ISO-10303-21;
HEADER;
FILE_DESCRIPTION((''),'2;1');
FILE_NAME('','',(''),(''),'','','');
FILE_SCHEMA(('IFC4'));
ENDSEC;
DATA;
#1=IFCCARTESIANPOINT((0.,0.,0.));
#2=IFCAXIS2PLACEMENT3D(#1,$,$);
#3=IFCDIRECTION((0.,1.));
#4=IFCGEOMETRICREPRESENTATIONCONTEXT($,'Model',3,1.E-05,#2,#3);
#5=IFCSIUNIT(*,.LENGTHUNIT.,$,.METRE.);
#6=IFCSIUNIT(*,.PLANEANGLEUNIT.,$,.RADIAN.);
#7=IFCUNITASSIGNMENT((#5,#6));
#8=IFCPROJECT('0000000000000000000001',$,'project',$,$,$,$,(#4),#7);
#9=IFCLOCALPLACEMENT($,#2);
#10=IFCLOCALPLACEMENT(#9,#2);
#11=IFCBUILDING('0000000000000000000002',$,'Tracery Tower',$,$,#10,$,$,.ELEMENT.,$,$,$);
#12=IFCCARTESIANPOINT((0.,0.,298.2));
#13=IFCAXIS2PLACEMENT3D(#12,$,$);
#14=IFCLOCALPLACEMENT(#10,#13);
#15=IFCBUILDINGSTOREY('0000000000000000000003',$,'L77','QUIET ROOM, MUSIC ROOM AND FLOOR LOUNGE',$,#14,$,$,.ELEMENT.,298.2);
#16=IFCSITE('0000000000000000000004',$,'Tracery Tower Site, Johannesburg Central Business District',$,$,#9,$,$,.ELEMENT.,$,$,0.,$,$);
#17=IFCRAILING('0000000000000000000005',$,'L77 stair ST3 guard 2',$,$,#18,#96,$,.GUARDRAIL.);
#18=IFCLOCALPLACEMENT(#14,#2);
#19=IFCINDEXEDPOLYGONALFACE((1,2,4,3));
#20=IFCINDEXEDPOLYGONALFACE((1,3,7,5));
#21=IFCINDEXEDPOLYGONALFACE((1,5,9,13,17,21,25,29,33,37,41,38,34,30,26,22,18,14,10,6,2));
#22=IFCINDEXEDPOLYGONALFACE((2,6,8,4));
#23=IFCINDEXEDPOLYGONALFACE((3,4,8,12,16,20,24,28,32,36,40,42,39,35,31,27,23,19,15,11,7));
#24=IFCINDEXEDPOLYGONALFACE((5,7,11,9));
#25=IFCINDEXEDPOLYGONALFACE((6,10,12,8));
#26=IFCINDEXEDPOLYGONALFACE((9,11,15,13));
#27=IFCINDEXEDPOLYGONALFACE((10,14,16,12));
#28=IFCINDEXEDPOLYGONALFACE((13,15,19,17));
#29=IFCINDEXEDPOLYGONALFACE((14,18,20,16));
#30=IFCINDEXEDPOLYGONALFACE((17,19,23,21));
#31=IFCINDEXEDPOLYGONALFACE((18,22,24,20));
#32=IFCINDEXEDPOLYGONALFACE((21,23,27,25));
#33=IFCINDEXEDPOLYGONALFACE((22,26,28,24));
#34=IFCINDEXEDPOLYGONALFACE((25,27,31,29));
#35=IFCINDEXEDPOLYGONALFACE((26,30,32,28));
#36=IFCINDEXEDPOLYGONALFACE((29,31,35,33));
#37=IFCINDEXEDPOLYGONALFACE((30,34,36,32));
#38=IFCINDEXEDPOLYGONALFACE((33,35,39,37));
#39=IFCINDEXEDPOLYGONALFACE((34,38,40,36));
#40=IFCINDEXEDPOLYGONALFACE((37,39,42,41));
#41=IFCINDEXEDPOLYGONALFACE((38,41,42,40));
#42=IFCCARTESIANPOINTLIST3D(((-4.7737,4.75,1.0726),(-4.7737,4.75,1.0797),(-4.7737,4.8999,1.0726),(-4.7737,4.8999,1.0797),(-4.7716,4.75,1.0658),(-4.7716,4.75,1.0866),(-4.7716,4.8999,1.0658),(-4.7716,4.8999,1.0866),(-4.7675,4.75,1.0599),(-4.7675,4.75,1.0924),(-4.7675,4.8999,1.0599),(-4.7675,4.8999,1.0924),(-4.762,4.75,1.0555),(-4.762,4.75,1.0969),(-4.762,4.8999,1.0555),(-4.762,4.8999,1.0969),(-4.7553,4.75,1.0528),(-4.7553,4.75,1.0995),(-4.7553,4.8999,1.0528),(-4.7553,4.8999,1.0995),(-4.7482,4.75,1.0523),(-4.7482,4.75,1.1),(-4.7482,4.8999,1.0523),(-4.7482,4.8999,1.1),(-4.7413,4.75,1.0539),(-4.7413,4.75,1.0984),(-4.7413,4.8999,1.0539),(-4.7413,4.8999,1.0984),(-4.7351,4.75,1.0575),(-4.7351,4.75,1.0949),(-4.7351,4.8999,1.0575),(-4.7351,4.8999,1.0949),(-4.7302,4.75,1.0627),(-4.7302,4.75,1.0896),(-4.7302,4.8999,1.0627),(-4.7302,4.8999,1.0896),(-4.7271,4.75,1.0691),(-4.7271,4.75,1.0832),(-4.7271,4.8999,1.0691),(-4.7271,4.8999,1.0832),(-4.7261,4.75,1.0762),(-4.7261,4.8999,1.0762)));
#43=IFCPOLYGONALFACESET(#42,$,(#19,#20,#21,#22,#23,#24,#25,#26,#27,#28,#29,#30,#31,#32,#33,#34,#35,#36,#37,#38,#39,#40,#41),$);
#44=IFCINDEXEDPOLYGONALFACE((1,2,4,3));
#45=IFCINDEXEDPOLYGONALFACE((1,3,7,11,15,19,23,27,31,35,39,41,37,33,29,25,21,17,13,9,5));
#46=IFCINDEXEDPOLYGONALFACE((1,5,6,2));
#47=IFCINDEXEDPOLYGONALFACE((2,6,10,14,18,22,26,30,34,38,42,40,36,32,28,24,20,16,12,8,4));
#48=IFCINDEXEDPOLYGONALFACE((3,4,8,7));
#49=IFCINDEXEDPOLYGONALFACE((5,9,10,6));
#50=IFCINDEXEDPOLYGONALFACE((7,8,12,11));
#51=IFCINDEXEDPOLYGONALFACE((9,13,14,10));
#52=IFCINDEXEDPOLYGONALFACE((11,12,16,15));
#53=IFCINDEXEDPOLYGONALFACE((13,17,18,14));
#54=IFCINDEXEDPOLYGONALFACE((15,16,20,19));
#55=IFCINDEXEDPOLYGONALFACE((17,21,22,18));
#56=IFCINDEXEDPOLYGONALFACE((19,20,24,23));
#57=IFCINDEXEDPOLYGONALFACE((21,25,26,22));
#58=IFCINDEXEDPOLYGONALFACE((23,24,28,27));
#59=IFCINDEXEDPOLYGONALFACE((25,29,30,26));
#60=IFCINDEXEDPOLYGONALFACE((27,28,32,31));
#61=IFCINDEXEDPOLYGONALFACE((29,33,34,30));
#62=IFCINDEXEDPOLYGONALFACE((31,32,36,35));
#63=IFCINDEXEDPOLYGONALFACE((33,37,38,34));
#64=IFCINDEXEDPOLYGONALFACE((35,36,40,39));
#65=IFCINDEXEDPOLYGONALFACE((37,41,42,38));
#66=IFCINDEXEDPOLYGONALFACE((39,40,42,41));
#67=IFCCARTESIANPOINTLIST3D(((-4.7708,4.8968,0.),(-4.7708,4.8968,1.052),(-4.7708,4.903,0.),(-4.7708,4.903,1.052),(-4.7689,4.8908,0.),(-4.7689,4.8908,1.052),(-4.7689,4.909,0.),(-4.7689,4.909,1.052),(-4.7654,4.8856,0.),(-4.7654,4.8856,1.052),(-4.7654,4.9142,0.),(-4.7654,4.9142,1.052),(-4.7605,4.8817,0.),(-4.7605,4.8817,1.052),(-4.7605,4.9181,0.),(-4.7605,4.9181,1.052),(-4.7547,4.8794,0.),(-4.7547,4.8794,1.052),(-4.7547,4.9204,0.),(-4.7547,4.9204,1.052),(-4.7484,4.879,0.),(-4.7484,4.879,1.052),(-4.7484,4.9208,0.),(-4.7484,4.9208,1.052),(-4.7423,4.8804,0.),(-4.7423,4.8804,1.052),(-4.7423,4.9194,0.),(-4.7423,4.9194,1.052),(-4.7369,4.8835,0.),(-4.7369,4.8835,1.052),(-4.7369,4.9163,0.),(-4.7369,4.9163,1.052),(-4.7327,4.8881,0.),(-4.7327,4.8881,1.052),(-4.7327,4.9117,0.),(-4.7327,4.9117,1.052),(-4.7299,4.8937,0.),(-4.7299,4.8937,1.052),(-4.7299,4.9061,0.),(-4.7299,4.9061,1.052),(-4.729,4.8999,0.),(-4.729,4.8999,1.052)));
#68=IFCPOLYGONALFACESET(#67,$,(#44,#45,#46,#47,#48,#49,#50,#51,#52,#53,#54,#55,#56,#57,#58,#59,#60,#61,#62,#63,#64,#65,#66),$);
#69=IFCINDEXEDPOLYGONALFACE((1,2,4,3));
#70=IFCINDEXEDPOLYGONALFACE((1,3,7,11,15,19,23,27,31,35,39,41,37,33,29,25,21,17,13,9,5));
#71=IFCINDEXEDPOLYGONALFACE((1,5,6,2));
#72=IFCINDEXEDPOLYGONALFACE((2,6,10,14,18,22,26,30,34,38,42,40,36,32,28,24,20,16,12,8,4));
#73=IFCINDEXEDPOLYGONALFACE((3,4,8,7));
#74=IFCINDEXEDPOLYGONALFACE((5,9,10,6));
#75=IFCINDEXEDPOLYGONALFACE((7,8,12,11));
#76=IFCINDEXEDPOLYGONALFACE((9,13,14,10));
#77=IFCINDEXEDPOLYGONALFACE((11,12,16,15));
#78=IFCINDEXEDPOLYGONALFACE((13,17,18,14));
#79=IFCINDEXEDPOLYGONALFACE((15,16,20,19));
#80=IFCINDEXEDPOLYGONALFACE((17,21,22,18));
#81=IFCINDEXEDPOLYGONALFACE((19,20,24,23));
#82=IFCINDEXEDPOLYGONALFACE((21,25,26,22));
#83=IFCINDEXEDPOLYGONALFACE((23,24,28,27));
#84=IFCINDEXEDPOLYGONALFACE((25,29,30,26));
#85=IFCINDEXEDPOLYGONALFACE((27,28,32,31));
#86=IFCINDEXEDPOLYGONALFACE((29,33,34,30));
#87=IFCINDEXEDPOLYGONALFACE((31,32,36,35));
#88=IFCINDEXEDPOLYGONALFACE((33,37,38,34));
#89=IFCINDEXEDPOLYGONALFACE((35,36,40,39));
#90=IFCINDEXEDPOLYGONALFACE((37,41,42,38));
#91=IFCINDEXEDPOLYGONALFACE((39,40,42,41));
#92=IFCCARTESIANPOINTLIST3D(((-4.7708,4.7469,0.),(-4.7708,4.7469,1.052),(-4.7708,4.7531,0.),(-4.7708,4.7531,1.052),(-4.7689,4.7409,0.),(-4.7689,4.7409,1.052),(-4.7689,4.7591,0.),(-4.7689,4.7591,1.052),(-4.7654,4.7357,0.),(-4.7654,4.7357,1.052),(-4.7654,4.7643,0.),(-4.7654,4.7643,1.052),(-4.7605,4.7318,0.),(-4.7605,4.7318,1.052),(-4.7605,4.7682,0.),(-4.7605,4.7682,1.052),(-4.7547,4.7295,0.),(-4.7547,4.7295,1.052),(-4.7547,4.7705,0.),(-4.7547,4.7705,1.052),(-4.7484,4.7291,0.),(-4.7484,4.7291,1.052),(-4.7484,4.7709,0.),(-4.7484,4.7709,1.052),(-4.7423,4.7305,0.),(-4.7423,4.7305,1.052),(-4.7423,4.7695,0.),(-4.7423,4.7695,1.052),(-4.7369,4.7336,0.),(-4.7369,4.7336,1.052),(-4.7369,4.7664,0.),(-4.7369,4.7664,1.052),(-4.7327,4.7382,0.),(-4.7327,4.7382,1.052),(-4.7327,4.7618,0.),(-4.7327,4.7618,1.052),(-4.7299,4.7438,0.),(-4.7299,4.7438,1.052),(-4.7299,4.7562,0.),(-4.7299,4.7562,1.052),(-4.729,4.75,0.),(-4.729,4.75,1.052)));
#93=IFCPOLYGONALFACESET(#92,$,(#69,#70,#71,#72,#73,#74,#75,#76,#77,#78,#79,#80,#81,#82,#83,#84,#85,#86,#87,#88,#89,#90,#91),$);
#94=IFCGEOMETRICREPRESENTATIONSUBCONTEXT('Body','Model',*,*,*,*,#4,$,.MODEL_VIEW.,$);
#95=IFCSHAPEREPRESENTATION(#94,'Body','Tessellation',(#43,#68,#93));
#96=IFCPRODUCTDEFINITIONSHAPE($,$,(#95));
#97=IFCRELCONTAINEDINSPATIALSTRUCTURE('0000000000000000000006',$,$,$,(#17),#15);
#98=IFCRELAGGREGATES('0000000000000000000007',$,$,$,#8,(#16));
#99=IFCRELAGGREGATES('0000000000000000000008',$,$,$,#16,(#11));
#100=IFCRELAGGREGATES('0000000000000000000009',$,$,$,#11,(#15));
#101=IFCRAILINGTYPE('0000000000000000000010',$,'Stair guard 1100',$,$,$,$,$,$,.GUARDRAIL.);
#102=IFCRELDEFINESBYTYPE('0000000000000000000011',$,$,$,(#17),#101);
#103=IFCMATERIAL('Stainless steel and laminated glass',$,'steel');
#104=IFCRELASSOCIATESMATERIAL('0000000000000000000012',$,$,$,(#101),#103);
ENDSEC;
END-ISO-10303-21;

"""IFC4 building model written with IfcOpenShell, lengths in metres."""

from ifc_helpers import new_model, si_unit, direction, frame, origin, origin_2d, place, context, subcontext, project, spatial, circle, extrude, material, type_object, element, save


model = new_model("IFC4")

# Units and contexts
model_context = context("Model", 3, precision=1e-05, world=origin(), true_north=direction((0.0, 1.0)))
body_context = subcontext(model_context, "Body", "Model", "MODEL_VIEW")
ifc_project = project(units=[si_unit("LENGTHUNIT", "METRE"), si_unit("PLANEANGLEUNIT", "RADIAN")], contexts=[model_context])

# Site, building, storey
site_placement = place(None, origin())
site = spatial("IfcSite", under=ifc_project, at=site_placement, Name="Tracery Tower Site, Johannesburg Central Business District", CompositionType="ELEMENT", RefElevation=0.0)
building_placement = place(site_placement, origin())
building = spatial("IfcBuilding", under=site, at=building_placement, Name="Tracery Tower", CompositionType="ELEMENT")
storey_placement = place(building_placement, frame((0.0, 0.0, 298.2)))
storey = spatial("IfcBuildingStorey", under=building, at=storey_placement, Name="L77", Description="QUIET ROOM, MUSIC ROOM AND FLOOR LOUNGE", CompositionType="ELEMENT", Elevation=298.2)

# Railing
ifc_material_1 = material(Name="Stainless steel and laminated glass", Category="steel")
railing_type_1 = type_object("IfcRailingType", Name="Stair guard 1100", PredefinedType="GUARDRAIL", material=ifc_material_1)
railing_1_placement = place(storey_placement, frame((-4.75, 4.8999, 0.0)))
element("IfcRailing", 1, at=railing_1_placement, inside=storey, type_object=railing_type_1, Name="L77 stair ST3 guard 2", PredefinedType="GUARDRAIL", context=body_context, shape_type="SweptSolid", body=[
    extrude(circle(Radius=0.0239, at=origin_2d()), frame((0.0, 0.0, 1.0762), z_axis=(0.0, -1.0, 0.0), x_axis=(1.0, 0.0, 0.0)), (0.0, 0.0, 1.0), 0.1499),
    extrude(circle(Radius=0.021, at=origin_2d()), origin(), (0.0, 0.0, 1.0), 1.052),
    extrude(circle(Radius=0.021, at=origin_2d()), frame((0.0, -0.1499, 0.0)), (0.0, 0.0, 1.0), 1.052),
])

save(model, "model.ifc")
